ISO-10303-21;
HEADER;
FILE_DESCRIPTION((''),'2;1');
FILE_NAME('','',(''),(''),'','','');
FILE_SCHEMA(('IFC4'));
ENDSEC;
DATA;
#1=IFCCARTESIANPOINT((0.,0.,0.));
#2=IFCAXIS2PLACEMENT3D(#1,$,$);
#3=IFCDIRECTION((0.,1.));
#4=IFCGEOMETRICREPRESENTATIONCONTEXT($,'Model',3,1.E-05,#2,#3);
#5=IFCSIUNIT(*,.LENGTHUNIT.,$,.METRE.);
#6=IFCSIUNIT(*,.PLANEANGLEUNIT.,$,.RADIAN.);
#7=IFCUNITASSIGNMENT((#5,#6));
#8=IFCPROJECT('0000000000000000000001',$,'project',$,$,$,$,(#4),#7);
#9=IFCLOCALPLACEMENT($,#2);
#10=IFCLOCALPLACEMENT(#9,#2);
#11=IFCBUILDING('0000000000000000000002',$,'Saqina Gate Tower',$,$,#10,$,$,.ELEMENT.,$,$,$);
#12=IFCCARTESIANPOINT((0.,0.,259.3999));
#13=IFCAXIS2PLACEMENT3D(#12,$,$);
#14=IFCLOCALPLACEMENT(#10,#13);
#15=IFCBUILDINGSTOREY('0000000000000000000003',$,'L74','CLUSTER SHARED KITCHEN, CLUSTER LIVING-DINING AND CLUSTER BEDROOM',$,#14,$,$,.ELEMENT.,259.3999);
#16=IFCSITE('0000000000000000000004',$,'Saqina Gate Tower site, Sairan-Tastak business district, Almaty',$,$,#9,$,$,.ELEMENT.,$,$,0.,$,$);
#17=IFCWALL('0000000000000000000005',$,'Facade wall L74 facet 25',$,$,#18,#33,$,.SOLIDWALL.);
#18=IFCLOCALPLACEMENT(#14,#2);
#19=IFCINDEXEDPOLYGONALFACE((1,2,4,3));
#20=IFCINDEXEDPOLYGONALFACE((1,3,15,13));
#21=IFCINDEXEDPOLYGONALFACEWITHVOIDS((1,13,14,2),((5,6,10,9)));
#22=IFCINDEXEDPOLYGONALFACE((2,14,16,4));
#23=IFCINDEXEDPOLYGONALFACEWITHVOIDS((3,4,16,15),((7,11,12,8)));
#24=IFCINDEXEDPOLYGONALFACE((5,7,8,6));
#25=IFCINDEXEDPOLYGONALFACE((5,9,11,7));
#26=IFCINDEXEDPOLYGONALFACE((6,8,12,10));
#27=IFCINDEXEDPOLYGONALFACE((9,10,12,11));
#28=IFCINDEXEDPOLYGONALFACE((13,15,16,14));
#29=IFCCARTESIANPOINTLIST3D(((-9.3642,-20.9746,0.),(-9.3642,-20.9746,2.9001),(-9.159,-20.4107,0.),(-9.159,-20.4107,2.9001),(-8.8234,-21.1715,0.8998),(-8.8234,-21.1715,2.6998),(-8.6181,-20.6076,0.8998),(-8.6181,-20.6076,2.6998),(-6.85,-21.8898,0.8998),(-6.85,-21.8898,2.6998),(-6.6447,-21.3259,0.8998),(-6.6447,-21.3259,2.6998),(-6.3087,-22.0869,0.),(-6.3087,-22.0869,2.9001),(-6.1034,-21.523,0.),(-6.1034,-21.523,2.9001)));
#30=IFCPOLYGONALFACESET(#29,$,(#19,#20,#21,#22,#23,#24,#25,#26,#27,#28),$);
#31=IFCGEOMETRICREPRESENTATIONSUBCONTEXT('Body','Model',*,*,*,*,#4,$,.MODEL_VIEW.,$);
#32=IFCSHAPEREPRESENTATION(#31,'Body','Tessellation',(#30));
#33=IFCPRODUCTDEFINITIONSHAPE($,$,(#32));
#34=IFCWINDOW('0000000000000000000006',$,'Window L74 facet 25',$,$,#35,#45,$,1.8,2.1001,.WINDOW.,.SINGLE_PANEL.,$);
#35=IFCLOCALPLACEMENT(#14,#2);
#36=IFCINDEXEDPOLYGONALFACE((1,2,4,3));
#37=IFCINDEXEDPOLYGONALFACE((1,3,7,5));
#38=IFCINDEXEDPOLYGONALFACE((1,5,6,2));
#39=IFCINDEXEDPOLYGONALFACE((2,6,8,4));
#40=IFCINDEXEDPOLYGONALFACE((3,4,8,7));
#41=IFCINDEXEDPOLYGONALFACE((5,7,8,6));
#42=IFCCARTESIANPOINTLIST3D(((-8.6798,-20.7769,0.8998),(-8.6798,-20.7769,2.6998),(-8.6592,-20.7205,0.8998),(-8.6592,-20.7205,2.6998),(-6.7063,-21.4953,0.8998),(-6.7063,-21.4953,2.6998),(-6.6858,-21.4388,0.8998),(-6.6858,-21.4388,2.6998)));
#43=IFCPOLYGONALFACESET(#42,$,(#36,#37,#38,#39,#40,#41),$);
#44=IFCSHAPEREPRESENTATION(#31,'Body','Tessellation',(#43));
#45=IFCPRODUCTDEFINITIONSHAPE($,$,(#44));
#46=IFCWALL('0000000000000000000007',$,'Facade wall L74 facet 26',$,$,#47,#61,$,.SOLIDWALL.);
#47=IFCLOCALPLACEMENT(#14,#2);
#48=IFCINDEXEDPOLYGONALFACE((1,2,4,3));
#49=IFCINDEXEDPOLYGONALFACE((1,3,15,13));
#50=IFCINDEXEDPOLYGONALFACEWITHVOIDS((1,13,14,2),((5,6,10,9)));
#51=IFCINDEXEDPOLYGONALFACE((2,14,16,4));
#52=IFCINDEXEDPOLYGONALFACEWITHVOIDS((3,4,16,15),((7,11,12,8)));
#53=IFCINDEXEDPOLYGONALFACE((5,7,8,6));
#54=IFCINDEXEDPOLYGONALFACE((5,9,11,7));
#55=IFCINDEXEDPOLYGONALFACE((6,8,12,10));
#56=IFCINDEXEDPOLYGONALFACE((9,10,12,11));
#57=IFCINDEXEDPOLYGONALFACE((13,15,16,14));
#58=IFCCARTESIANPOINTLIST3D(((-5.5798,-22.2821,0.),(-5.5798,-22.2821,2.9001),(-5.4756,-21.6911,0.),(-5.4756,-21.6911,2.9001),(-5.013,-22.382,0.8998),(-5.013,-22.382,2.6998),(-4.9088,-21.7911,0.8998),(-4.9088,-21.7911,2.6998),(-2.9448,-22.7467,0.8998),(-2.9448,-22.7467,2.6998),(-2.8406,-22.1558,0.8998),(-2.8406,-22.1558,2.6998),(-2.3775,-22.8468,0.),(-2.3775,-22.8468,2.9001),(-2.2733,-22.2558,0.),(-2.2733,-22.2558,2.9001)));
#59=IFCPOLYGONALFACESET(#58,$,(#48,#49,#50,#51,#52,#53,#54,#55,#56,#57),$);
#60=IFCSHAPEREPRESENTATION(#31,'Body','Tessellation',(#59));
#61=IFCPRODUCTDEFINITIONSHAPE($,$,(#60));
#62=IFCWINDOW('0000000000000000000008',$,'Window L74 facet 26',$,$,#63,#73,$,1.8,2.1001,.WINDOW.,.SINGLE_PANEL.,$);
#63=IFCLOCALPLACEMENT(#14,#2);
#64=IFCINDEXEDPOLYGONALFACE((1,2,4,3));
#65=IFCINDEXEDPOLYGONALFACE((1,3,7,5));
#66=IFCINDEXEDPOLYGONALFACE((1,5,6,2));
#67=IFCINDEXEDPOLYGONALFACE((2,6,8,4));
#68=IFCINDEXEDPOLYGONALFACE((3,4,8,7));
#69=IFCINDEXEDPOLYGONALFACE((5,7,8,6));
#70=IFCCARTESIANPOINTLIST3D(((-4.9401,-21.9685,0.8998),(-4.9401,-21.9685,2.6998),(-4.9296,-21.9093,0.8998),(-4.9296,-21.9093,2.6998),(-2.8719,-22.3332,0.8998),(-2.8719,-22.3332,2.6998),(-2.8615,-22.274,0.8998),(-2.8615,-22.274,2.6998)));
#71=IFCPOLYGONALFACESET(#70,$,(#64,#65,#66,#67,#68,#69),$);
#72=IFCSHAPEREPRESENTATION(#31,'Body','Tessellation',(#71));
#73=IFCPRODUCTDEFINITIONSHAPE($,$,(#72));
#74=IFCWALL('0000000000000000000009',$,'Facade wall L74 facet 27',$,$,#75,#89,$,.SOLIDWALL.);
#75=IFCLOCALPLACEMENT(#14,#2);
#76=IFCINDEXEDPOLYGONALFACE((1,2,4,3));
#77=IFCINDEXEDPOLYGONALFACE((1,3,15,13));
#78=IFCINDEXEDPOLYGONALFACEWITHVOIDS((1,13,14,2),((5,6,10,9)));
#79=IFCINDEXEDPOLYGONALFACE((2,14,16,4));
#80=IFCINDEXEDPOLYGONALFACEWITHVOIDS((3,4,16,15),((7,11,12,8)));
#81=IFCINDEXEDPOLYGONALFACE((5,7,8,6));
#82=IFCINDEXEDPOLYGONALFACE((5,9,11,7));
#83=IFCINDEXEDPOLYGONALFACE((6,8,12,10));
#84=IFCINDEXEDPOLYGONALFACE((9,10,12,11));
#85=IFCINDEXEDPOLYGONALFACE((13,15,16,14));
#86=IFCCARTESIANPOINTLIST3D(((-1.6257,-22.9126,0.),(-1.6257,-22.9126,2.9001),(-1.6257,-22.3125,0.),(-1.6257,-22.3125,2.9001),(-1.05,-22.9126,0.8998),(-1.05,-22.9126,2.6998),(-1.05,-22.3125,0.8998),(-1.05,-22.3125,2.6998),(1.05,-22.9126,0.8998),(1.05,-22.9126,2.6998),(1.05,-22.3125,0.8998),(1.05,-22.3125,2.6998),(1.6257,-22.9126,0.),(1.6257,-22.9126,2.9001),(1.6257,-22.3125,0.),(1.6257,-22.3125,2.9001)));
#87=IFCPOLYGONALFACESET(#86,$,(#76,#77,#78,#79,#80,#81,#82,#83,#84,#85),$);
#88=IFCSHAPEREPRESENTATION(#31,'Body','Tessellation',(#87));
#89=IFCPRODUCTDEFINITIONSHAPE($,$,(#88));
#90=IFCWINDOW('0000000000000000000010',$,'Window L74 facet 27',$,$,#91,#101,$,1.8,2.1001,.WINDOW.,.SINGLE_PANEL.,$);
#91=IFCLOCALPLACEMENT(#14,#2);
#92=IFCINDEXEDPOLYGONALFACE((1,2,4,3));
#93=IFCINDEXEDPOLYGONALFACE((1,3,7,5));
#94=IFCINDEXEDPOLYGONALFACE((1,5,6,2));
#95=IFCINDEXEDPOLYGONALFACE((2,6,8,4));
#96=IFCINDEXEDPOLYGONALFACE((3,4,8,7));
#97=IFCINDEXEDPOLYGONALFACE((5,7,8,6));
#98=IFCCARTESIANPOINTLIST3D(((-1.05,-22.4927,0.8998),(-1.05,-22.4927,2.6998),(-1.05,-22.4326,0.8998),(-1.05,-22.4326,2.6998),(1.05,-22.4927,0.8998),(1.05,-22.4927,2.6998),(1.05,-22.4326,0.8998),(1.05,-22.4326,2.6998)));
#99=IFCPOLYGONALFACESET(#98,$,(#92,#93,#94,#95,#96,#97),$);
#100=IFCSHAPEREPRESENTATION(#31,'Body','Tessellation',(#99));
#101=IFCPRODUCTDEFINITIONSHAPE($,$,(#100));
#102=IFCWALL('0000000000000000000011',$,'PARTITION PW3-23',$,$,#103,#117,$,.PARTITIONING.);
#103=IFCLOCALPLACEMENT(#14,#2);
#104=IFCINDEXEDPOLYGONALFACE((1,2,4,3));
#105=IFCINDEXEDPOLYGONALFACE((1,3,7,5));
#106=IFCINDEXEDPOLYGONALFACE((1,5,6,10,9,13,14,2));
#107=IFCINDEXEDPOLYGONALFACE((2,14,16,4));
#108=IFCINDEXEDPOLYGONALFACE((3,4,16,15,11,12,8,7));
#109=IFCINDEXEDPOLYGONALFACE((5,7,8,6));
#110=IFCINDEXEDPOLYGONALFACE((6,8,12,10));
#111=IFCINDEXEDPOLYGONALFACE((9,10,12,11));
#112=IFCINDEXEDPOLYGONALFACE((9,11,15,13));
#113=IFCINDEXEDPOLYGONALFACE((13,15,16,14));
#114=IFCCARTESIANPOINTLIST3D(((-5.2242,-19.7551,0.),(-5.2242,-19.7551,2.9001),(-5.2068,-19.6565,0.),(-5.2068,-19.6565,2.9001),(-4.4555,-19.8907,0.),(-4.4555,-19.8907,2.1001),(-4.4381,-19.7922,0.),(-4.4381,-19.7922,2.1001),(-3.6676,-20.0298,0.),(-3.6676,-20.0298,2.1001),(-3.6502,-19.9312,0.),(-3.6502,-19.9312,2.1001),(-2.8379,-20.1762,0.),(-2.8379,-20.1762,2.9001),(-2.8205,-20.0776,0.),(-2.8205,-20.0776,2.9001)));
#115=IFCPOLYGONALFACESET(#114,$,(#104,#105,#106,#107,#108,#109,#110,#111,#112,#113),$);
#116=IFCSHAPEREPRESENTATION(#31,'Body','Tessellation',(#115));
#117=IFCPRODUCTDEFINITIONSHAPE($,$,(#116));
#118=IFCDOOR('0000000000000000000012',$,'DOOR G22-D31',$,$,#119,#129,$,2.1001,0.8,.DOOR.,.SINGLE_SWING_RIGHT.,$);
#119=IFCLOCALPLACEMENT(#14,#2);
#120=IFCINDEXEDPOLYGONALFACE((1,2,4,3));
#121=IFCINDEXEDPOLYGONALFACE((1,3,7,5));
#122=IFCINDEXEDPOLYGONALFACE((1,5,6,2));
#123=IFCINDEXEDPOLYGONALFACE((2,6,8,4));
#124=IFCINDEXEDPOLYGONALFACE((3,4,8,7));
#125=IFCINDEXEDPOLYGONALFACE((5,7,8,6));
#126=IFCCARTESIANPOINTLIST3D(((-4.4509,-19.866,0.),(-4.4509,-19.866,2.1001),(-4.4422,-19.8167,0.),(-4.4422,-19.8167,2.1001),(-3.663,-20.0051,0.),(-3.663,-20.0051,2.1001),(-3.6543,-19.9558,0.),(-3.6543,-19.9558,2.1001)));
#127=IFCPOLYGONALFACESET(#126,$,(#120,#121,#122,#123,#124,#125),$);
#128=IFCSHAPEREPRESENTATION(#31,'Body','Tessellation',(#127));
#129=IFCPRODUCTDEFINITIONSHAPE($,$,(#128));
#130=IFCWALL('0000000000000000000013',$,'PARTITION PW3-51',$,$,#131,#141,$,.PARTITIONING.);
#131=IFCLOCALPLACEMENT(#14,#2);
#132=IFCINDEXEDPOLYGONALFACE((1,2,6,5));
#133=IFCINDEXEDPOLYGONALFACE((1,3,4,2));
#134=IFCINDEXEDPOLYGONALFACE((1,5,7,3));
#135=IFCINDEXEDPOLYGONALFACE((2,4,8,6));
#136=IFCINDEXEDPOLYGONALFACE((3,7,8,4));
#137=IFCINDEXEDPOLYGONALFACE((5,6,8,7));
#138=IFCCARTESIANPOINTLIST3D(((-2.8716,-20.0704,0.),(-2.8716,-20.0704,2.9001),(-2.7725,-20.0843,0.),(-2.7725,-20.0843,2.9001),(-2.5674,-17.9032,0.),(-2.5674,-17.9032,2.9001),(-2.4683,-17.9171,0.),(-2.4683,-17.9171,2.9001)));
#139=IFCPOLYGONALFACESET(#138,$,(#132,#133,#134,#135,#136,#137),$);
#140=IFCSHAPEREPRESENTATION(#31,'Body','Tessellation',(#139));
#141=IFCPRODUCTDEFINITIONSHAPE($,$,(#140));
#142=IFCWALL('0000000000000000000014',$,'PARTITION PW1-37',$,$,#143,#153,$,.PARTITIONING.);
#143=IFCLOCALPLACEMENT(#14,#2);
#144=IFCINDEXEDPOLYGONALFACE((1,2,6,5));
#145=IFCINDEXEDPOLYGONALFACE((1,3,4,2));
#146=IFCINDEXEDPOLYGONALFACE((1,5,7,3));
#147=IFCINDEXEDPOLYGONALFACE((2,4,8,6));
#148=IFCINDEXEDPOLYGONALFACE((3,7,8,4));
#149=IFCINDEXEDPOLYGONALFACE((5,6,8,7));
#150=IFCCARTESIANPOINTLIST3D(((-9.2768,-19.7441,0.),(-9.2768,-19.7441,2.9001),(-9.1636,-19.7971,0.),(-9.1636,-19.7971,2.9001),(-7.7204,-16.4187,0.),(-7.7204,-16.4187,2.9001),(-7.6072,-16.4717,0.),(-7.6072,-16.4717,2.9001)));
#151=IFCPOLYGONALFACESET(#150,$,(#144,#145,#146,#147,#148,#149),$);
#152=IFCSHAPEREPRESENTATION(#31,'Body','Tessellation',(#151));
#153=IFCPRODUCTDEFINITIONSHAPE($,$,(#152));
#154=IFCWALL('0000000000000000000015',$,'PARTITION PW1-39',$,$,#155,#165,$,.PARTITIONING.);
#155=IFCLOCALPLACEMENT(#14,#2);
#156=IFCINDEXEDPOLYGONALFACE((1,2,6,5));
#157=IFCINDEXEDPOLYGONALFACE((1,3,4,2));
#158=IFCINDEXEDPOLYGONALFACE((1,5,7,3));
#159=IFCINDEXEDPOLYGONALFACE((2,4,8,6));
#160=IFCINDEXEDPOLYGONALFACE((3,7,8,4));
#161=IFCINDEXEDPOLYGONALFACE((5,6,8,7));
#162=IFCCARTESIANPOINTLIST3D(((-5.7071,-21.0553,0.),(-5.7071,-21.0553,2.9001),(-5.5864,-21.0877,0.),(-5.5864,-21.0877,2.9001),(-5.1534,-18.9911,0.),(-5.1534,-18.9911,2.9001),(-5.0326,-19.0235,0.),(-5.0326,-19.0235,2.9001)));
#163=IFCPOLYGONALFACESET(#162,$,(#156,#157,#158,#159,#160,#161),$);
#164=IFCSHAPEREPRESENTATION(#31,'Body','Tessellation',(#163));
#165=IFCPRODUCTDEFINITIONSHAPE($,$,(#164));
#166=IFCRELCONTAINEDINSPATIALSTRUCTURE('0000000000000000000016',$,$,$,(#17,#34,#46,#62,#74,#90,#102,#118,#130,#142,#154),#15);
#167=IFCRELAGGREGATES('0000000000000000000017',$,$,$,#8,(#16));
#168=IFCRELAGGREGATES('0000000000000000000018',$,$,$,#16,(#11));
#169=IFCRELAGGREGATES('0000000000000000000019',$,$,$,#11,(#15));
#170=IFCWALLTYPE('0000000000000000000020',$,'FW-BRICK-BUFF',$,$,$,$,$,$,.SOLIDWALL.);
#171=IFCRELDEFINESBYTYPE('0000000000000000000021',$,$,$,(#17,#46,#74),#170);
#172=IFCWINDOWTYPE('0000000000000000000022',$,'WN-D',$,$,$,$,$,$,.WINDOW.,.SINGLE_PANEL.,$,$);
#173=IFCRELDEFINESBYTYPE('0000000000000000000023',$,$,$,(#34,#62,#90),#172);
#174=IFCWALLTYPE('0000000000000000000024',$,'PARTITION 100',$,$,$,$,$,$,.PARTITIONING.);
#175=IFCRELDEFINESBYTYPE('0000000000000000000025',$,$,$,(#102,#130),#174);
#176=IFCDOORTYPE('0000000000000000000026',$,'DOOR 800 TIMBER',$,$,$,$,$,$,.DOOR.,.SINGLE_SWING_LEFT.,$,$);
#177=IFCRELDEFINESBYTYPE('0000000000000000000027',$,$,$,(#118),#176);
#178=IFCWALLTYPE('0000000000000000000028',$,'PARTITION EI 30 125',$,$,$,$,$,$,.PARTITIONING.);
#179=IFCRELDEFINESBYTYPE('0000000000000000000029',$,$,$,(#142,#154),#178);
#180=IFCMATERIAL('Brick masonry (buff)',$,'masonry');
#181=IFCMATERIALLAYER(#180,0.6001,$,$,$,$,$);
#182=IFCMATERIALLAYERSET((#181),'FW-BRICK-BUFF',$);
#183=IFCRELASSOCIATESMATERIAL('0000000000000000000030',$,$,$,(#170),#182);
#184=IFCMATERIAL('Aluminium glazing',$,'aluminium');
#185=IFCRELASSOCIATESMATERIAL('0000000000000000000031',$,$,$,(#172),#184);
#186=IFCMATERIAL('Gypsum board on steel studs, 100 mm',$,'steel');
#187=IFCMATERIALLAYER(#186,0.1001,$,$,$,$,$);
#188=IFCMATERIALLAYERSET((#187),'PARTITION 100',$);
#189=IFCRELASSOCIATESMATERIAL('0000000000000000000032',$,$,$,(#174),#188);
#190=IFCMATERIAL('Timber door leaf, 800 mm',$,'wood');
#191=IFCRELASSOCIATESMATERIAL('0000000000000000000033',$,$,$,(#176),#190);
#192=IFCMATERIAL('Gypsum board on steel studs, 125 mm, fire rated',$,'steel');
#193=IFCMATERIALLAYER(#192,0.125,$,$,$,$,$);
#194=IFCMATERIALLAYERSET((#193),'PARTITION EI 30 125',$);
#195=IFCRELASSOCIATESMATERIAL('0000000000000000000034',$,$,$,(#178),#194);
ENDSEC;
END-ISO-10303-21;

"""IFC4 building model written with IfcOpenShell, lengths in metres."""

from ifc_helpers import new_model, si_unit, direction, frame, frame_2d, origin, place, context, subcontext, project, spatial, rectangle, extrude, material, layer, layer_set, type_object, element, fill, save


model = new_model("IFC4")

# Units and contexts
model_context = context("Model", 3, precision=1e-05, world=origin(), true_north=direction((0.0, 1.0)))
body_context = subcontext(model_context, "Body", "Model", "MODEL_VIEW")
ifc_project = project(units=[si_unit("LENGTHUNIT", "METRE"), si_unit("PLANEANGLEUNIT", "RADIAN")], contexts=[model_context])

# Site, building, storey
site_placement = place(None, origin())
site = spatial("IfcSite", under=ifc_project, at=site_placement, Name="Saqina Gate Tower site, Sairan-Tastak business district, Almaty", CompositionType="ELEMENT", RefElevation=0.0)
building_placement = place(site_placement, origin())
building = spatial("IfcBuilding", under=site, at=building_placement, Name="Saqina Gate Tower", CompositionType="ELEMENT")
storey_placement = place(building_placement, frame((0.0, 0.0, 259.3999)))
storey = spatial("IfcBuildingStorey", under=building, at=storey_placement, Name="L74", Description="CLUSTER SHARED KITCHEN, CLUSTER LIVING-DINING AND CLUSTER BEDROOM", CompositionType="ELEMENT", Elevation=259.3999)

# Walls, openings, windows
ifc_material_1 = material(Name="Brick masonry (buff)", Category="masonry")
ifc_layer_1 = layer(ifc_material_1, 0.6001)
ifc_layer_set_1 = layer_set([ifc_layer_1], Name="FW-BRICK-BUFF")
wall_type_1 = type_object("IfcWallType", Name="FW-BRICK-BUFF", PredefinedType="SOLIDWALL", material=ifc_layer_set_1)
wall_1_placement = place(storey_placement, frame((-9.2617, -20.6926, 0.0), z_axis=(0.0, 0.0, 1.0), x_axis=(0.939679, -0.342057, 0.0)))
wall_1 = element("IfcWall", 1, at=wall_1_placement, inside=storey, type_object=wall_type_1, Name="Facade wall L74 facet 25", PredefinedType="SOLIDWALL", context=body_context, shape_type="SweptSolid", body=[
    extrude(rectangle(XDim=3.2517, YDim=0.6001, at=frame_2d((1.626, 0.0))), origin(), (0.0, 0.0, 1.0), 2.9001),
])
opening_1_placement = place(wall_1_placement, frame((0.5757, 0.0, 0.8999)))
opening_1 = element("IfcOpeningElement", 2, at=opening_1_placement, cuts=wall_1, PredefinedType="OPENING", context=body_context, shape_type="SweptSolid", body=[
    extrude(rectangle(XDim=2.1001, YDim=1.8, at=frame_2d((1.05, 0.8999))), frame((0.0, 0.312, 0.0), z_axis=(0.0, -1.0, 0.0), x_axis=(1.0, 0.0, 0.0)), (0.0, 0.0, 1.0), 0.624),
])
ifc_material_2 = material(Name="Aluminium glazing", Category="aluminium")
window_type = type_object("IfcWindowType", Name="WN-D", PartitioningType="SINGLE_PANEL", PredefinedType="WINDOW", material=ifc_material_2)
window_1_placement = place(opening_1_placement, origin())
window_1 = element("IfcWindow", 3, at=window_1_placement, inside=storey, type_object=window_type, Name="Window L74 facet 25", OverallHeight=1.8, OverallWidth=2.1001, PartitioningType="SINGLE_PANEL", PredefinedType="WINDOW", context=body_context, shape_type="SweptSolid", body=[
    extrude(rectangle(XDim=2.1001, YDim=1.8, at=frame_2d((1.05, 0.8999))), frame((0.0, 0.1799, 0.0), z_axis=(0.0, -1.0, 0.0), x_axis=(1.0, 0.0, 0.0)), (0.0, 0.0, 1.0), 0.0601),
])
fill(opening_1, window_1)
wall_2_placement = place(storey_placement, frame((-5.5278, -21.9866, 0.0), z_axis=(0.0, 0.0, 1.0), x_axis=(0.984806, -0.173657, 0.0)))
wall_2 = element("IfcWall", 4, at=wall_2_placement, inside=storey, type_object=wall_type_1, Name="Facade wall L74 facet 26", PredefinedType="SOLIDWALL", context=body_context, shape_type="SweptSolid", body=[
    extrude(rectangle(XDim=3.2517, YDim=0.6001, at=frame_2d((1.626, 0.0))), origin(), (0.0, 0.0, 1.0), 2.9001),
])
opening_2_placement = place(wall_2_placement, frame((0.5757, 0.0, 0.8999)))
opening_2 = element("IfcOpeningElement", 5, at=opening_2_placement, cuts=wall_2, PredefinedType="OPENING", context=body_context, shape_type="SweptSolid", body=[
    extrude(rectangle(XDim=2.1001, YDim=1.8, at=frame_2d((1.05, 0.8999))), frame((0.0, 0.312, 0.0), z_axis=(0.0, -1.0, 0.0), x_axis=(1.0, 0.0, 0.0)), (0.0, 0.0, 1.0), 0.624),
])
window_2_placement = place(opening_2_placement, origin())
window_2 = element("IfcWindow", 6, at=window_2_placement, inside=storey, type_object=window_type, Name="Window L74 facet 26", OverallHeight=1.8, OverallWidth=2.1001, PartitioningType="SINGLE_PANEL", PredefinedType="WINDOW", context=body_context, shape_type="SweptSolid", body=[
    extrude(rectangle(XDim=2.1001, YDim=1.8, at=frame_2d((1.05, 0.8999))), frame((0.0, 0.1799, 0.0), z_axis=(0.0, -1.0, 0.0), x_axis=(1.0, 0.0, 0.0)), (0.0, 0.0, 1.0), 0.0601),
])
fill(opening_2, window_2)
wall_3_placement = place(storey_placement, frame((-1.6257, -22.6125, 0.0), z_axis=(0.0, 0.0, 1.0), x_axis=(1.0, 0.0, 0.0)))
wall_3 = element("IfcWall", 7, at=wall_3_placement, inside=storey, type_object=wall_type_1, Name="Facade wall L74 facet 27", PredefinedType="SOLIDWALL", context=body_context, shape_type="SweptSolid", body=[
    extrude(rectangle(XDim=3.2515, YDim=0.6001, at=frame_2d((1.6257, 0.0))), origin(), (0.0, 0.0, 1.0), 2.9001),
])
opening_3_placement = place(wall_3_placement, frame((0.5757, 0.0, 0.8999)))
opening_3 = element("IfcOpeningElement", 8, at=opening_3_placement, cuts=wall_3, PredefinedType="OPENING", context=body_context, shape_type="SweptSolid", body=[
    extrude(rectangle(XDim=2.1001, YDim=1.8, at=frame_2d((1.05, 0.8999))), frame((0.0, 0.312, 0.0), z_axis=(0.0, -1.0, 0.0), x_axis=(1.0, 0.0, 0.0)), (0.0, 0.0, 1.0), 0.624),
])
window_3_placement = place(opening_3_placement, origin())
window_3 = element("IfcWindow", 9, at=window_3_placement, inside=storey, type_object=window_type, Name="Window L74 facet 27", OverallHeight=1.8, OverallWidth=2.1001, PartitioningType="SINGLE_PANEL", PredefinedType="WINDOW", context=body_context, shape_type="SweptSolid", body=[
    extrude(rectangle(XDim=2.1001, YDim=1.8, at=frame_2d((1.05, 0.8999))), frame((0.0, 0.1799, 0.0), z_axis=(0.0, -1.0, 0.0), x_axis=(1.0, 0.0, 0.0)), (0.0, 0.0, 1.0), 0.0601),
])
fill(opening_3, window_3)

# Wall, opening, door
ifc_material_3 = material(Name="Gypsum board on steel studs, 100 mm", Category="steel")
ifc_layer_2 = layer(ifc_material_3, 0.1001)
ifc_layer_set_2 = layer_set([ifc_layer_2], Name="PARTITION 100")
wall_type_2 = type_object("IfcWallType", Name="PARTITION 100", PredefinedType="PARTITIONING", material=ifc_layer_set_2)
wall_4_placement = place(storey_placement, frame((-5.2153, -19.7058, 0.0), z_axis=(0.0, 0.0, 1.0), x_axis=(0.984781, -0.173803, 0.0)))
wall_4 = element("IfcWall", 10, at=wall_4_placement, inside=storey, type_object=wall_type_2, Name="PARTITION PW3-23", PredefinedType="PARTITIONING", context=body_context, shape_type="SweptSolid", body=[
    extrude(rectangle(XDim=2.4231, YDim=0.1001, at=frame_2d((1.2114, 0.0))), origin(), (0.0, 0.0, 1.0), 2.9001),
])
opening_4_placement = place(wall_4_placement, frame((0.7805, 0.0, 0.0)))
opening_4 = element("IfcOpeningElement", 11, at=opening_4_placement, cuts=wall_4, PredefinedType="OPENING", context=body_context, shape_type="SweptSolid", body=[
    extrude(rectangle(XDim=0.8, YDim=2.1001, at=frame_2d((0.3999, 1.05))), frame((0.0, 0.062, 0.0), z_axis=(0.0, -1.0, 0.0), x_axis=(1.0, 0.0, 0.0)), (0.0, 0.0, 1.0), 0.124),
])
ifc_material_4 = material(Name="Timber door leaf, 800 mm", Category="wood")
door_type_1 = type_object("IfcDoorType", Name="DOOR 800 TIMBER", OperationType="SINGLE_SWING_LEFT", PredefinedType="DOOR", material=ifc_material_4)
door_1_placement = place(opening_4_placement, frame((0.8, 0.0, 0.0), z_axis=(0.0, 0.0, 1.0), x_axis=(-1.0, 0.0, 0.0)))
door_1 = element("IfcDoor", 12, at=door_1_placement, inside=storey, type_object=door_type_1, Name="DOOR G22-D31", OperationType="SINGLE_SWING_RIGHT", OverallHeight=2.1001, OverallWidth=0.8, PredefinedType="DOOR", context=body_context, shape_type="SweptSolid", body=[
    extrude(rectangle(XDim=0.8, YDim=2.1001, at=frame_2d((0.3999, 1.05))), frame((0.0, 0.0249, 0.0), z_axis=(0.0, -1.0, 0.0), x_axis=(1.0, 0.0, 0.0)), (0.0, 0.0, 1.0), 0.05),
])
fill(opening_4, door_1)

# Walls
wall_5_placement = place(storey_placement, frame((-2.822, -20.0774, 0.0), z_axis=(0.0, 0.0, 1.0), x_axis=(0.139, 0.990292, 0.0)))
element("IfcWall", 13, at=wall_5_placement, inside=storey, type_object=wall_type_2, Name="PARTITION PW3-51", PredefinedType="PARTITIONING", context=body_context, shape_type="SweptSolid", body=[
    extrude(rectangle(XDim=2.1885, YDim=0.1001, at=frame_2d((1.0942, 0.0))), origin(), (0.0, 0.0, 1.0), 2.9001),
])
ifc_material_5 = material(Name="Gypsum board on steel studs, 125 mm, fire rated", Category="steel")
ifc_layer_3 = layer(ifc_material_5, 0.125)
ifc_layer_set_3 = layer_set([ifc_layer_3], Name="PARTITION EI 30 125")
wall_type_3 = type_object("IfcWallType", Name="PARTITION EI 30 125", PredefinedType="PARTITIONING", material=ifc_layer_set_3)
wall_6_placement = place(storey_placement, frame((-9.2202, -19.7708, 0.0), z_axis=(0.0, 0.0, 1.0), x_axis=(0.423897, 0.90571, 0.0)))
element("IfcWall", 14, at=wall_6_placement, inside=storey, type_object=wall_type_3, Name="PARTITION PW1-37", PredefinedType="PARTITIONING", context=body_context, shape_type="SweptSolid", body=[
    extrude(rectangle(XDim=3.6716, YDim=0.125, at=frame_2d((1.8359, 0.0))), origin(), (0.0, 0.0, 1.0), 2.9001),
])
wall_7_placement = place(storey_placement, frame((-5.6467, -21.0715, 0.0), z_axis=(0.0, 0.0, 1.0), x_axis=(0.259084, 0.965855, 0.0)))
element("IfcWall", 15, at=wall_7_placement, inside=storey, type_object=wall_type_3, Name="PARTITION PW1-39", PredefinedType="PARTITIONING", context=body_context, shape_type="SweptSolid", body=[
    extrude(rectangle(XDim=2.1372, YDim=0.125, at=frame_2d((1.0686, 0.0))), origin(), (0.0, 0.0, 1.0), 2.9001),
])

save(model, "model.ifc")
